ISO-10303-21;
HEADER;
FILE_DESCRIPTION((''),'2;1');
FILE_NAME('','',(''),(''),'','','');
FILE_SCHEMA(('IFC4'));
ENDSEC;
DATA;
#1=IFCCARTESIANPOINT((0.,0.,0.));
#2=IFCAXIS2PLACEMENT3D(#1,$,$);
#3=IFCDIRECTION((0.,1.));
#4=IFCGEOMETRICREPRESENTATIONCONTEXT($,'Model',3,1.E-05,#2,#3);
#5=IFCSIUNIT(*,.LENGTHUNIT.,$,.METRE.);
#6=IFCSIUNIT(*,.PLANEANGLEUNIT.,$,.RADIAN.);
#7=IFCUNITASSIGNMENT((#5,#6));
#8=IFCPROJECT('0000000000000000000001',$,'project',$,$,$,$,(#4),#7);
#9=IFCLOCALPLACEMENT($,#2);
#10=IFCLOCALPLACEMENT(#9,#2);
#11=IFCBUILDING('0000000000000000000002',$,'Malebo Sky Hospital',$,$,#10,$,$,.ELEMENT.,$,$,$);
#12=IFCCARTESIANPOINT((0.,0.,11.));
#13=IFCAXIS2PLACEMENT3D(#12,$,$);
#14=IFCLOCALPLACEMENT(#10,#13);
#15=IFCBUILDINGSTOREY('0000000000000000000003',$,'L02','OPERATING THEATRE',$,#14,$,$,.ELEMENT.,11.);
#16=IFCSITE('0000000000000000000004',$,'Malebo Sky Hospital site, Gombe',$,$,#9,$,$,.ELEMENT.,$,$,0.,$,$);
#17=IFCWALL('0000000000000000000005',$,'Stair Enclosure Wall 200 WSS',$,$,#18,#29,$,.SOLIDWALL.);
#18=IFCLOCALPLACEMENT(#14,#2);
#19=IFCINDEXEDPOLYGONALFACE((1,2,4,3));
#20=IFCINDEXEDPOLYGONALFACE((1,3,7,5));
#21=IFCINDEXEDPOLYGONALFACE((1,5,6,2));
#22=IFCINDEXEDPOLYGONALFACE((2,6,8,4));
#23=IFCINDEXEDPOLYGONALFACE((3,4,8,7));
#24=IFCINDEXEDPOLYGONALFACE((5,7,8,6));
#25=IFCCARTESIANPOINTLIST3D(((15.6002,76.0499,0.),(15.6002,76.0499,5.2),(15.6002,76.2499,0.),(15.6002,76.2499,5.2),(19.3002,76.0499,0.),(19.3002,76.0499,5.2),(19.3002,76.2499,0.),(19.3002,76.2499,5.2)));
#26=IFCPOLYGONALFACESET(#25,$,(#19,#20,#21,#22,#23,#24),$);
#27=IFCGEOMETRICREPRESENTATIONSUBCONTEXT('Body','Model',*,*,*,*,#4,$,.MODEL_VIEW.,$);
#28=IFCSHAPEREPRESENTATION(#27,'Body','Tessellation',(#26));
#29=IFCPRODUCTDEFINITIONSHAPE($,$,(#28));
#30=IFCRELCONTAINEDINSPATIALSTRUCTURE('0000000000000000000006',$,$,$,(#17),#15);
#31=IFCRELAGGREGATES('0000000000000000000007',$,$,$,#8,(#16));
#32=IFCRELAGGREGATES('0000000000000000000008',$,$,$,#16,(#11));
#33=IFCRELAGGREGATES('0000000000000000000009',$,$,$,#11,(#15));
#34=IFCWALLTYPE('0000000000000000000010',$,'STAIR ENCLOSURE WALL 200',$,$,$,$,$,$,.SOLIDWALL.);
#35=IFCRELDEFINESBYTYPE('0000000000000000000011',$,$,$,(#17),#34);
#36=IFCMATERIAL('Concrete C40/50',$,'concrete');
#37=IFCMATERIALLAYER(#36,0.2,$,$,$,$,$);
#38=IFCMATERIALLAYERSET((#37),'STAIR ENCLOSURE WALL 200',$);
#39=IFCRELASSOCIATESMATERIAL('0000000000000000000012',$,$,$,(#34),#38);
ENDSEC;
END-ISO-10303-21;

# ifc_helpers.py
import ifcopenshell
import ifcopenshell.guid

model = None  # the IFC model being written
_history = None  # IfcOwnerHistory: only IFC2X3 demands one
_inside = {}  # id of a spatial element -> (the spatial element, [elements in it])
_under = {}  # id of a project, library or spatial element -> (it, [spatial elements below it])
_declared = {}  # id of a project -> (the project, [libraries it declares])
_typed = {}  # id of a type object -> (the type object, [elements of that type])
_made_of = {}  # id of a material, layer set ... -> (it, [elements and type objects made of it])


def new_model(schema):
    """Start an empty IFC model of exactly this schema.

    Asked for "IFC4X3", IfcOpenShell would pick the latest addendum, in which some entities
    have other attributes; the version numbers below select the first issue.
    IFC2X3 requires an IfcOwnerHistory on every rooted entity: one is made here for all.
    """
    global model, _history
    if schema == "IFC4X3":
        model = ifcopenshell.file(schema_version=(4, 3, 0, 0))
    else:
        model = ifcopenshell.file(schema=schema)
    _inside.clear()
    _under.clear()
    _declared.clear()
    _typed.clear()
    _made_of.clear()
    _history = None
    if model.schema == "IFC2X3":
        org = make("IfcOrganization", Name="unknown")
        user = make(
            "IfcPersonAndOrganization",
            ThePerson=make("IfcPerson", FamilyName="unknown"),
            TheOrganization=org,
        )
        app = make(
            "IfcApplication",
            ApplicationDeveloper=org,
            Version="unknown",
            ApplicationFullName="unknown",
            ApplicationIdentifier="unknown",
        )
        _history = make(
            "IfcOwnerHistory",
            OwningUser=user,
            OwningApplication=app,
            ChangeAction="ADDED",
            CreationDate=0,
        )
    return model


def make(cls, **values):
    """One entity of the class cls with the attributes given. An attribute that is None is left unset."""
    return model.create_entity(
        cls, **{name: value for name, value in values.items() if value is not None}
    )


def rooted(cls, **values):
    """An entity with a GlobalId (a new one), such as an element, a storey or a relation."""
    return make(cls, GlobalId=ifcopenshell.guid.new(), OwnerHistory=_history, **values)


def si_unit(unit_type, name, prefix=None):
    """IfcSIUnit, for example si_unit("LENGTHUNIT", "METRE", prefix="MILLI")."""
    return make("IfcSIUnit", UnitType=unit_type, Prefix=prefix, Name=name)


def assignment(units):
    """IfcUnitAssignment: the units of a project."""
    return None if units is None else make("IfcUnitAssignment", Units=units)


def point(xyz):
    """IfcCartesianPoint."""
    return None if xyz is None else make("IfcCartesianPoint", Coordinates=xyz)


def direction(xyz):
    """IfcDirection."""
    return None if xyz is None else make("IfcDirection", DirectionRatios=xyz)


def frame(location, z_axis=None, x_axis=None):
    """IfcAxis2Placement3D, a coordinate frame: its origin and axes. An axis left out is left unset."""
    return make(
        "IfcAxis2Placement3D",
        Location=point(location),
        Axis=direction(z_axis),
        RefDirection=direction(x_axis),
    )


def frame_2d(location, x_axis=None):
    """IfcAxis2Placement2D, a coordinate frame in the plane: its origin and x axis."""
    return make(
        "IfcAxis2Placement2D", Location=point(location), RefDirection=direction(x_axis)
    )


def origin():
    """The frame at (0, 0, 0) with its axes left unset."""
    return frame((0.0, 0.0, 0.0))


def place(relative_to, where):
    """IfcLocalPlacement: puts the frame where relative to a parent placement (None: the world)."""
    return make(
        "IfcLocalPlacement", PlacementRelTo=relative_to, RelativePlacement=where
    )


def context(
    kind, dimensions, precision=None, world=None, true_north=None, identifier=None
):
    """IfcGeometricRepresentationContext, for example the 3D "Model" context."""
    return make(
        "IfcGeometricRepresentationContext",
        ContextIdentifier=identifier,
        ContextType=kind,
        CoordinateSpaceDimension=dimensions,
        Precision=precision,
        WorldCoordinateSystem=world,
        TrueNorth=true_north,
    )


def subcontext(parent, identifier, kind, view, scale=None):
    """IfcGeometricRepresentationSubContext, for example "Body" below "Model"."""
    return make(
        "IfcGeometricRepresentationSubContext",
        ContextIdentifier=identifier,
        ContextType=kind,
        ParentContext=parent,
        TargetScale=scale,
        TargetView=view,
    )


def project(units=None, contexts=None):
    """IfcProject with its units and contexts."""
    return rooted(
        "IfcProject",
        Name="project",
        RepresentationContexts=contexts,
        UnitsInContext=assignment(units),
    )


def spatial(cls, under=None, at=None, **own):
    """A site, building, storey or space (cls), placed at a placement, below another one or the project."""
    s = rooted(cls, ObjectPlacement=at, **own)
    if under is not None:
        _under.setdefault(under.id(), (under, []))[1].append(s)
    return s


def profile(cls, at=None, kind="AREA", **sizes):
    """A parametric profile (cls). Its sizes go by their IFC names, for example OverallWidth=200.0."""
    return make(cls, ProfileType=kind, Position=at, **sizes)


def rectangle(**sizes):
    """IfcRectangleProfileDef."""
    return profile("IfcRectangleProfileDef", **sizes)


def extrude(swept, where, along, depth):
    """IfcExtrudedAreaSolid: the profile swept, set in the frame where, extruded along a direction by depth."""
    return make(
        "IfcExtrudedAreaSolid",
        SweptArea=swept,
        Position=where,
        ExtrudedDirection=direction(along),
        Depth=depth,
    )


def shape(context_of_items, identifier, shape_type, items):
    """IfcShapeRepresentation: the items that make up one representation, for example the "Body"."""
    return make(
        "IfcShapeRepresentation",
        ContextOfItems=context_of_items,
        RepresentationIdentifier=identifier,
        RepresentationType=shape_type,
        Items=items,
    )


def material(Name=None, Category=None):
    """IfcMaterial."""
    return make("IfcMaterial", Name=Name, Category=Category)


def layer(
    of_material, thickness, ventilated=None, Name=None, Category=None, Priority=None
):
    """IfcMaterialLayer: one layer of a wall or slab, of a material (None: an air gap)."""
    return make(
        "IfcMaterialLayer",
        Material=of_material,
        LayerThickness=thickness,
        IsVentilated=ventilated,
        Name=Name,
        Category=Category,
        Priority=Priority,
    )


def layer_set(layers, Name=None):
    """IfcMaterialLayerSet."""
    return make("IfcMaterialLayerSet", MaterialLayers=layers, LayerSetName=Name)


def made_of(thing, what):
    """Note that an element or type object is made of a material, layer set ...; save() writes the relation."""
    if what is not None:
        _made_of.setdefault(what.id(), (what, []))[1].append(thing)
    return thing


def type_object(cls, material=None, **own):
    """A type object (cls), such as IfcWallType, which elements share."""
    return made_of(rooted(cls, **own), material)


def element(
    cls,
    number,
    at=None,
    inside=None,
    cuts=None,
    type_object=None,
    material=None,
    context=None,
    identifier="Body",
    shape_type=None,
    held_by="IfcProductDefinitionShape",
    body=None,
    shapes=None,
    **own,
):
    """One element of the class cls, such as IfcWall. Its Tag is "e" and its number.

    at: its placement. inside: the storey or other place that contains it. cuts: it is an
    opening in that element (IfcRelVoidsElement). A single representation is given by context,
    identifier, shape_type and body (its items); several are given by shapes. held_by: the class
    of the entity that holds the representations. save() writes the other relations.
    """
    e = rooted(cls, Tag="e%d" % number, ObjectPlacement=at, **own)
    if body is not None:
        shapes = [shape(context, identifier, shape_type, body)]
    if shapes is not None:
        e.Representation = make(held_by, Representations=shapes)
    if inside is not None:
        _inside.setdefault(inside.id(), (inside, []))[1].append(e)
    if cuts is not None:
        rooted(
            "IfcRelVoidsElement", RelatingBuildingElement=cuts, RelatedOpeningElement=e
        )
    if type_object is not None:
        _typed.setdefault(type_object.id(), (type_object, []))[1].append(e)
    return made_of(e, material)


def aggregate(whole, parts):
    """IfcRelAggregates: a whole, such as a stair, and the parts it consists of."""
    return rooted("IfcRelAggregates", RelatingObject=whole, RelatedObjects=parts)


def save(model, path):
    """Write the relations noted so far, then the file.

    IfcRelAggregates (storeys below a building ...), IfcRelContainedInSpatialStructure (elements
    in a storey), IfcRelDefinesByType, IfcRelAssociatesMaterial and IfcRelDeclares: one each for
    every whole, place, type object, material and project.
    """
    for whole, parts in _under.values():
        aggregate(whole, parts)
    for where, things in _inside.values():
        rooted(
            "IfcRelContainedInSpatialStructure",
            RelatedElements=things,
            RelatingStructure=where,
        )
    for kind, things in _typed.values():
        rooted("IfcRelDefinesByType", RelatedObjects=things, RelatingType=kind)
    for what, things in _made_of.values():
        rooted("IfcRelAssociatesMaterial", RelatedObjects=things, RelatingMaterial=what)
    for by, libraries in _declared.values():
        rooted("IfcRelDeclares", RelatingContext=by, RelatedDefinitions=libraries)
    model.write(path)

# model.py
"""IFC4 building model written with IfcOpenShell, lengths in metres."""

from ifc_helpers import new_model, si_unit, direction, frame, frame_2d, origin, place, context, subcontext, project, spatial, rectangle, extrude, material, layer, layer_set, type_object, element, save


model = new_model("IFC4")

# Units and contexts
model_context = context("Model", 3, precision=1e-05, world=origin(), true_north=direction((0.0, 1.0)))
body_context = subcontext(model_context, "Body", "Model", "MODEL_VIEW")
ifc_project = project(units=[si_unit("LENGTHUNIT", "METRE"), si_unit("PLANEANGLEUNIT", "RADIAN")], contexts=[model_context])

# Site, building, storey
site_placement = place(None, origin())
site = spatial("IfcSite", under=ifc_project, at=site_placement, Name="Malebo Sky Hospital site, Gombe", CompositionType="ELEMENT", RefElevation=0.0)
building_placement = place(site_placement, origin())
building = spatial("IfcBuilding", under=site, at=building_placement, Name="Malebo Sky Hospital", CompositionType="ELEMENT")
storey_placement = place(building_placement, frame((0.0, 0.0, 11.0)))
storey = spatial("IfcBuildingStorey", under=building, at=storey_placement, Name="L02", Description="OPERATING THEATRE", CompositionType="ELEMENT", Elevation=11.0)

# Wall
ifc_material_1 = material(Name="Concrete C40/50", Category="concrete")
ifc_layer_1 = layer(ifc_material_1, 0.2)
ifc_layer_set_1 = layer_set([ifc_layer_1], Name="STAIR ENCLOSURE WALL 200")
wall_type_1 = type_object("IfcWallType", Name="STAIR ENCLOSURE WALL 200", PredefinedType="SOLIDWALL", material=ifc_layer_set_1)
wall_1_placement = place(storey_placement, frame((15.6001, 76.1499, 0.0), z_axis=(0.0, 0.0, 1.0), x_axis=(1.0, 0.0, 0.0)))
element("IfcWall", 1, at=wall_1_placement, inside=storey, type_object=wall_type_1, Name="Stair Enclosure Wall 200 WSS", PredefinedType="SOLIDWALL", context=body_context, shape_type="SweptSolid", body=[
    extrude(rectangle(XDim=3.7, YDim=0.2, at=frame_2d((1.8501, 0.0))), origin(), (0.0, 0.0, 1.0), 5.2),
])

save(model, "model.ifc")
